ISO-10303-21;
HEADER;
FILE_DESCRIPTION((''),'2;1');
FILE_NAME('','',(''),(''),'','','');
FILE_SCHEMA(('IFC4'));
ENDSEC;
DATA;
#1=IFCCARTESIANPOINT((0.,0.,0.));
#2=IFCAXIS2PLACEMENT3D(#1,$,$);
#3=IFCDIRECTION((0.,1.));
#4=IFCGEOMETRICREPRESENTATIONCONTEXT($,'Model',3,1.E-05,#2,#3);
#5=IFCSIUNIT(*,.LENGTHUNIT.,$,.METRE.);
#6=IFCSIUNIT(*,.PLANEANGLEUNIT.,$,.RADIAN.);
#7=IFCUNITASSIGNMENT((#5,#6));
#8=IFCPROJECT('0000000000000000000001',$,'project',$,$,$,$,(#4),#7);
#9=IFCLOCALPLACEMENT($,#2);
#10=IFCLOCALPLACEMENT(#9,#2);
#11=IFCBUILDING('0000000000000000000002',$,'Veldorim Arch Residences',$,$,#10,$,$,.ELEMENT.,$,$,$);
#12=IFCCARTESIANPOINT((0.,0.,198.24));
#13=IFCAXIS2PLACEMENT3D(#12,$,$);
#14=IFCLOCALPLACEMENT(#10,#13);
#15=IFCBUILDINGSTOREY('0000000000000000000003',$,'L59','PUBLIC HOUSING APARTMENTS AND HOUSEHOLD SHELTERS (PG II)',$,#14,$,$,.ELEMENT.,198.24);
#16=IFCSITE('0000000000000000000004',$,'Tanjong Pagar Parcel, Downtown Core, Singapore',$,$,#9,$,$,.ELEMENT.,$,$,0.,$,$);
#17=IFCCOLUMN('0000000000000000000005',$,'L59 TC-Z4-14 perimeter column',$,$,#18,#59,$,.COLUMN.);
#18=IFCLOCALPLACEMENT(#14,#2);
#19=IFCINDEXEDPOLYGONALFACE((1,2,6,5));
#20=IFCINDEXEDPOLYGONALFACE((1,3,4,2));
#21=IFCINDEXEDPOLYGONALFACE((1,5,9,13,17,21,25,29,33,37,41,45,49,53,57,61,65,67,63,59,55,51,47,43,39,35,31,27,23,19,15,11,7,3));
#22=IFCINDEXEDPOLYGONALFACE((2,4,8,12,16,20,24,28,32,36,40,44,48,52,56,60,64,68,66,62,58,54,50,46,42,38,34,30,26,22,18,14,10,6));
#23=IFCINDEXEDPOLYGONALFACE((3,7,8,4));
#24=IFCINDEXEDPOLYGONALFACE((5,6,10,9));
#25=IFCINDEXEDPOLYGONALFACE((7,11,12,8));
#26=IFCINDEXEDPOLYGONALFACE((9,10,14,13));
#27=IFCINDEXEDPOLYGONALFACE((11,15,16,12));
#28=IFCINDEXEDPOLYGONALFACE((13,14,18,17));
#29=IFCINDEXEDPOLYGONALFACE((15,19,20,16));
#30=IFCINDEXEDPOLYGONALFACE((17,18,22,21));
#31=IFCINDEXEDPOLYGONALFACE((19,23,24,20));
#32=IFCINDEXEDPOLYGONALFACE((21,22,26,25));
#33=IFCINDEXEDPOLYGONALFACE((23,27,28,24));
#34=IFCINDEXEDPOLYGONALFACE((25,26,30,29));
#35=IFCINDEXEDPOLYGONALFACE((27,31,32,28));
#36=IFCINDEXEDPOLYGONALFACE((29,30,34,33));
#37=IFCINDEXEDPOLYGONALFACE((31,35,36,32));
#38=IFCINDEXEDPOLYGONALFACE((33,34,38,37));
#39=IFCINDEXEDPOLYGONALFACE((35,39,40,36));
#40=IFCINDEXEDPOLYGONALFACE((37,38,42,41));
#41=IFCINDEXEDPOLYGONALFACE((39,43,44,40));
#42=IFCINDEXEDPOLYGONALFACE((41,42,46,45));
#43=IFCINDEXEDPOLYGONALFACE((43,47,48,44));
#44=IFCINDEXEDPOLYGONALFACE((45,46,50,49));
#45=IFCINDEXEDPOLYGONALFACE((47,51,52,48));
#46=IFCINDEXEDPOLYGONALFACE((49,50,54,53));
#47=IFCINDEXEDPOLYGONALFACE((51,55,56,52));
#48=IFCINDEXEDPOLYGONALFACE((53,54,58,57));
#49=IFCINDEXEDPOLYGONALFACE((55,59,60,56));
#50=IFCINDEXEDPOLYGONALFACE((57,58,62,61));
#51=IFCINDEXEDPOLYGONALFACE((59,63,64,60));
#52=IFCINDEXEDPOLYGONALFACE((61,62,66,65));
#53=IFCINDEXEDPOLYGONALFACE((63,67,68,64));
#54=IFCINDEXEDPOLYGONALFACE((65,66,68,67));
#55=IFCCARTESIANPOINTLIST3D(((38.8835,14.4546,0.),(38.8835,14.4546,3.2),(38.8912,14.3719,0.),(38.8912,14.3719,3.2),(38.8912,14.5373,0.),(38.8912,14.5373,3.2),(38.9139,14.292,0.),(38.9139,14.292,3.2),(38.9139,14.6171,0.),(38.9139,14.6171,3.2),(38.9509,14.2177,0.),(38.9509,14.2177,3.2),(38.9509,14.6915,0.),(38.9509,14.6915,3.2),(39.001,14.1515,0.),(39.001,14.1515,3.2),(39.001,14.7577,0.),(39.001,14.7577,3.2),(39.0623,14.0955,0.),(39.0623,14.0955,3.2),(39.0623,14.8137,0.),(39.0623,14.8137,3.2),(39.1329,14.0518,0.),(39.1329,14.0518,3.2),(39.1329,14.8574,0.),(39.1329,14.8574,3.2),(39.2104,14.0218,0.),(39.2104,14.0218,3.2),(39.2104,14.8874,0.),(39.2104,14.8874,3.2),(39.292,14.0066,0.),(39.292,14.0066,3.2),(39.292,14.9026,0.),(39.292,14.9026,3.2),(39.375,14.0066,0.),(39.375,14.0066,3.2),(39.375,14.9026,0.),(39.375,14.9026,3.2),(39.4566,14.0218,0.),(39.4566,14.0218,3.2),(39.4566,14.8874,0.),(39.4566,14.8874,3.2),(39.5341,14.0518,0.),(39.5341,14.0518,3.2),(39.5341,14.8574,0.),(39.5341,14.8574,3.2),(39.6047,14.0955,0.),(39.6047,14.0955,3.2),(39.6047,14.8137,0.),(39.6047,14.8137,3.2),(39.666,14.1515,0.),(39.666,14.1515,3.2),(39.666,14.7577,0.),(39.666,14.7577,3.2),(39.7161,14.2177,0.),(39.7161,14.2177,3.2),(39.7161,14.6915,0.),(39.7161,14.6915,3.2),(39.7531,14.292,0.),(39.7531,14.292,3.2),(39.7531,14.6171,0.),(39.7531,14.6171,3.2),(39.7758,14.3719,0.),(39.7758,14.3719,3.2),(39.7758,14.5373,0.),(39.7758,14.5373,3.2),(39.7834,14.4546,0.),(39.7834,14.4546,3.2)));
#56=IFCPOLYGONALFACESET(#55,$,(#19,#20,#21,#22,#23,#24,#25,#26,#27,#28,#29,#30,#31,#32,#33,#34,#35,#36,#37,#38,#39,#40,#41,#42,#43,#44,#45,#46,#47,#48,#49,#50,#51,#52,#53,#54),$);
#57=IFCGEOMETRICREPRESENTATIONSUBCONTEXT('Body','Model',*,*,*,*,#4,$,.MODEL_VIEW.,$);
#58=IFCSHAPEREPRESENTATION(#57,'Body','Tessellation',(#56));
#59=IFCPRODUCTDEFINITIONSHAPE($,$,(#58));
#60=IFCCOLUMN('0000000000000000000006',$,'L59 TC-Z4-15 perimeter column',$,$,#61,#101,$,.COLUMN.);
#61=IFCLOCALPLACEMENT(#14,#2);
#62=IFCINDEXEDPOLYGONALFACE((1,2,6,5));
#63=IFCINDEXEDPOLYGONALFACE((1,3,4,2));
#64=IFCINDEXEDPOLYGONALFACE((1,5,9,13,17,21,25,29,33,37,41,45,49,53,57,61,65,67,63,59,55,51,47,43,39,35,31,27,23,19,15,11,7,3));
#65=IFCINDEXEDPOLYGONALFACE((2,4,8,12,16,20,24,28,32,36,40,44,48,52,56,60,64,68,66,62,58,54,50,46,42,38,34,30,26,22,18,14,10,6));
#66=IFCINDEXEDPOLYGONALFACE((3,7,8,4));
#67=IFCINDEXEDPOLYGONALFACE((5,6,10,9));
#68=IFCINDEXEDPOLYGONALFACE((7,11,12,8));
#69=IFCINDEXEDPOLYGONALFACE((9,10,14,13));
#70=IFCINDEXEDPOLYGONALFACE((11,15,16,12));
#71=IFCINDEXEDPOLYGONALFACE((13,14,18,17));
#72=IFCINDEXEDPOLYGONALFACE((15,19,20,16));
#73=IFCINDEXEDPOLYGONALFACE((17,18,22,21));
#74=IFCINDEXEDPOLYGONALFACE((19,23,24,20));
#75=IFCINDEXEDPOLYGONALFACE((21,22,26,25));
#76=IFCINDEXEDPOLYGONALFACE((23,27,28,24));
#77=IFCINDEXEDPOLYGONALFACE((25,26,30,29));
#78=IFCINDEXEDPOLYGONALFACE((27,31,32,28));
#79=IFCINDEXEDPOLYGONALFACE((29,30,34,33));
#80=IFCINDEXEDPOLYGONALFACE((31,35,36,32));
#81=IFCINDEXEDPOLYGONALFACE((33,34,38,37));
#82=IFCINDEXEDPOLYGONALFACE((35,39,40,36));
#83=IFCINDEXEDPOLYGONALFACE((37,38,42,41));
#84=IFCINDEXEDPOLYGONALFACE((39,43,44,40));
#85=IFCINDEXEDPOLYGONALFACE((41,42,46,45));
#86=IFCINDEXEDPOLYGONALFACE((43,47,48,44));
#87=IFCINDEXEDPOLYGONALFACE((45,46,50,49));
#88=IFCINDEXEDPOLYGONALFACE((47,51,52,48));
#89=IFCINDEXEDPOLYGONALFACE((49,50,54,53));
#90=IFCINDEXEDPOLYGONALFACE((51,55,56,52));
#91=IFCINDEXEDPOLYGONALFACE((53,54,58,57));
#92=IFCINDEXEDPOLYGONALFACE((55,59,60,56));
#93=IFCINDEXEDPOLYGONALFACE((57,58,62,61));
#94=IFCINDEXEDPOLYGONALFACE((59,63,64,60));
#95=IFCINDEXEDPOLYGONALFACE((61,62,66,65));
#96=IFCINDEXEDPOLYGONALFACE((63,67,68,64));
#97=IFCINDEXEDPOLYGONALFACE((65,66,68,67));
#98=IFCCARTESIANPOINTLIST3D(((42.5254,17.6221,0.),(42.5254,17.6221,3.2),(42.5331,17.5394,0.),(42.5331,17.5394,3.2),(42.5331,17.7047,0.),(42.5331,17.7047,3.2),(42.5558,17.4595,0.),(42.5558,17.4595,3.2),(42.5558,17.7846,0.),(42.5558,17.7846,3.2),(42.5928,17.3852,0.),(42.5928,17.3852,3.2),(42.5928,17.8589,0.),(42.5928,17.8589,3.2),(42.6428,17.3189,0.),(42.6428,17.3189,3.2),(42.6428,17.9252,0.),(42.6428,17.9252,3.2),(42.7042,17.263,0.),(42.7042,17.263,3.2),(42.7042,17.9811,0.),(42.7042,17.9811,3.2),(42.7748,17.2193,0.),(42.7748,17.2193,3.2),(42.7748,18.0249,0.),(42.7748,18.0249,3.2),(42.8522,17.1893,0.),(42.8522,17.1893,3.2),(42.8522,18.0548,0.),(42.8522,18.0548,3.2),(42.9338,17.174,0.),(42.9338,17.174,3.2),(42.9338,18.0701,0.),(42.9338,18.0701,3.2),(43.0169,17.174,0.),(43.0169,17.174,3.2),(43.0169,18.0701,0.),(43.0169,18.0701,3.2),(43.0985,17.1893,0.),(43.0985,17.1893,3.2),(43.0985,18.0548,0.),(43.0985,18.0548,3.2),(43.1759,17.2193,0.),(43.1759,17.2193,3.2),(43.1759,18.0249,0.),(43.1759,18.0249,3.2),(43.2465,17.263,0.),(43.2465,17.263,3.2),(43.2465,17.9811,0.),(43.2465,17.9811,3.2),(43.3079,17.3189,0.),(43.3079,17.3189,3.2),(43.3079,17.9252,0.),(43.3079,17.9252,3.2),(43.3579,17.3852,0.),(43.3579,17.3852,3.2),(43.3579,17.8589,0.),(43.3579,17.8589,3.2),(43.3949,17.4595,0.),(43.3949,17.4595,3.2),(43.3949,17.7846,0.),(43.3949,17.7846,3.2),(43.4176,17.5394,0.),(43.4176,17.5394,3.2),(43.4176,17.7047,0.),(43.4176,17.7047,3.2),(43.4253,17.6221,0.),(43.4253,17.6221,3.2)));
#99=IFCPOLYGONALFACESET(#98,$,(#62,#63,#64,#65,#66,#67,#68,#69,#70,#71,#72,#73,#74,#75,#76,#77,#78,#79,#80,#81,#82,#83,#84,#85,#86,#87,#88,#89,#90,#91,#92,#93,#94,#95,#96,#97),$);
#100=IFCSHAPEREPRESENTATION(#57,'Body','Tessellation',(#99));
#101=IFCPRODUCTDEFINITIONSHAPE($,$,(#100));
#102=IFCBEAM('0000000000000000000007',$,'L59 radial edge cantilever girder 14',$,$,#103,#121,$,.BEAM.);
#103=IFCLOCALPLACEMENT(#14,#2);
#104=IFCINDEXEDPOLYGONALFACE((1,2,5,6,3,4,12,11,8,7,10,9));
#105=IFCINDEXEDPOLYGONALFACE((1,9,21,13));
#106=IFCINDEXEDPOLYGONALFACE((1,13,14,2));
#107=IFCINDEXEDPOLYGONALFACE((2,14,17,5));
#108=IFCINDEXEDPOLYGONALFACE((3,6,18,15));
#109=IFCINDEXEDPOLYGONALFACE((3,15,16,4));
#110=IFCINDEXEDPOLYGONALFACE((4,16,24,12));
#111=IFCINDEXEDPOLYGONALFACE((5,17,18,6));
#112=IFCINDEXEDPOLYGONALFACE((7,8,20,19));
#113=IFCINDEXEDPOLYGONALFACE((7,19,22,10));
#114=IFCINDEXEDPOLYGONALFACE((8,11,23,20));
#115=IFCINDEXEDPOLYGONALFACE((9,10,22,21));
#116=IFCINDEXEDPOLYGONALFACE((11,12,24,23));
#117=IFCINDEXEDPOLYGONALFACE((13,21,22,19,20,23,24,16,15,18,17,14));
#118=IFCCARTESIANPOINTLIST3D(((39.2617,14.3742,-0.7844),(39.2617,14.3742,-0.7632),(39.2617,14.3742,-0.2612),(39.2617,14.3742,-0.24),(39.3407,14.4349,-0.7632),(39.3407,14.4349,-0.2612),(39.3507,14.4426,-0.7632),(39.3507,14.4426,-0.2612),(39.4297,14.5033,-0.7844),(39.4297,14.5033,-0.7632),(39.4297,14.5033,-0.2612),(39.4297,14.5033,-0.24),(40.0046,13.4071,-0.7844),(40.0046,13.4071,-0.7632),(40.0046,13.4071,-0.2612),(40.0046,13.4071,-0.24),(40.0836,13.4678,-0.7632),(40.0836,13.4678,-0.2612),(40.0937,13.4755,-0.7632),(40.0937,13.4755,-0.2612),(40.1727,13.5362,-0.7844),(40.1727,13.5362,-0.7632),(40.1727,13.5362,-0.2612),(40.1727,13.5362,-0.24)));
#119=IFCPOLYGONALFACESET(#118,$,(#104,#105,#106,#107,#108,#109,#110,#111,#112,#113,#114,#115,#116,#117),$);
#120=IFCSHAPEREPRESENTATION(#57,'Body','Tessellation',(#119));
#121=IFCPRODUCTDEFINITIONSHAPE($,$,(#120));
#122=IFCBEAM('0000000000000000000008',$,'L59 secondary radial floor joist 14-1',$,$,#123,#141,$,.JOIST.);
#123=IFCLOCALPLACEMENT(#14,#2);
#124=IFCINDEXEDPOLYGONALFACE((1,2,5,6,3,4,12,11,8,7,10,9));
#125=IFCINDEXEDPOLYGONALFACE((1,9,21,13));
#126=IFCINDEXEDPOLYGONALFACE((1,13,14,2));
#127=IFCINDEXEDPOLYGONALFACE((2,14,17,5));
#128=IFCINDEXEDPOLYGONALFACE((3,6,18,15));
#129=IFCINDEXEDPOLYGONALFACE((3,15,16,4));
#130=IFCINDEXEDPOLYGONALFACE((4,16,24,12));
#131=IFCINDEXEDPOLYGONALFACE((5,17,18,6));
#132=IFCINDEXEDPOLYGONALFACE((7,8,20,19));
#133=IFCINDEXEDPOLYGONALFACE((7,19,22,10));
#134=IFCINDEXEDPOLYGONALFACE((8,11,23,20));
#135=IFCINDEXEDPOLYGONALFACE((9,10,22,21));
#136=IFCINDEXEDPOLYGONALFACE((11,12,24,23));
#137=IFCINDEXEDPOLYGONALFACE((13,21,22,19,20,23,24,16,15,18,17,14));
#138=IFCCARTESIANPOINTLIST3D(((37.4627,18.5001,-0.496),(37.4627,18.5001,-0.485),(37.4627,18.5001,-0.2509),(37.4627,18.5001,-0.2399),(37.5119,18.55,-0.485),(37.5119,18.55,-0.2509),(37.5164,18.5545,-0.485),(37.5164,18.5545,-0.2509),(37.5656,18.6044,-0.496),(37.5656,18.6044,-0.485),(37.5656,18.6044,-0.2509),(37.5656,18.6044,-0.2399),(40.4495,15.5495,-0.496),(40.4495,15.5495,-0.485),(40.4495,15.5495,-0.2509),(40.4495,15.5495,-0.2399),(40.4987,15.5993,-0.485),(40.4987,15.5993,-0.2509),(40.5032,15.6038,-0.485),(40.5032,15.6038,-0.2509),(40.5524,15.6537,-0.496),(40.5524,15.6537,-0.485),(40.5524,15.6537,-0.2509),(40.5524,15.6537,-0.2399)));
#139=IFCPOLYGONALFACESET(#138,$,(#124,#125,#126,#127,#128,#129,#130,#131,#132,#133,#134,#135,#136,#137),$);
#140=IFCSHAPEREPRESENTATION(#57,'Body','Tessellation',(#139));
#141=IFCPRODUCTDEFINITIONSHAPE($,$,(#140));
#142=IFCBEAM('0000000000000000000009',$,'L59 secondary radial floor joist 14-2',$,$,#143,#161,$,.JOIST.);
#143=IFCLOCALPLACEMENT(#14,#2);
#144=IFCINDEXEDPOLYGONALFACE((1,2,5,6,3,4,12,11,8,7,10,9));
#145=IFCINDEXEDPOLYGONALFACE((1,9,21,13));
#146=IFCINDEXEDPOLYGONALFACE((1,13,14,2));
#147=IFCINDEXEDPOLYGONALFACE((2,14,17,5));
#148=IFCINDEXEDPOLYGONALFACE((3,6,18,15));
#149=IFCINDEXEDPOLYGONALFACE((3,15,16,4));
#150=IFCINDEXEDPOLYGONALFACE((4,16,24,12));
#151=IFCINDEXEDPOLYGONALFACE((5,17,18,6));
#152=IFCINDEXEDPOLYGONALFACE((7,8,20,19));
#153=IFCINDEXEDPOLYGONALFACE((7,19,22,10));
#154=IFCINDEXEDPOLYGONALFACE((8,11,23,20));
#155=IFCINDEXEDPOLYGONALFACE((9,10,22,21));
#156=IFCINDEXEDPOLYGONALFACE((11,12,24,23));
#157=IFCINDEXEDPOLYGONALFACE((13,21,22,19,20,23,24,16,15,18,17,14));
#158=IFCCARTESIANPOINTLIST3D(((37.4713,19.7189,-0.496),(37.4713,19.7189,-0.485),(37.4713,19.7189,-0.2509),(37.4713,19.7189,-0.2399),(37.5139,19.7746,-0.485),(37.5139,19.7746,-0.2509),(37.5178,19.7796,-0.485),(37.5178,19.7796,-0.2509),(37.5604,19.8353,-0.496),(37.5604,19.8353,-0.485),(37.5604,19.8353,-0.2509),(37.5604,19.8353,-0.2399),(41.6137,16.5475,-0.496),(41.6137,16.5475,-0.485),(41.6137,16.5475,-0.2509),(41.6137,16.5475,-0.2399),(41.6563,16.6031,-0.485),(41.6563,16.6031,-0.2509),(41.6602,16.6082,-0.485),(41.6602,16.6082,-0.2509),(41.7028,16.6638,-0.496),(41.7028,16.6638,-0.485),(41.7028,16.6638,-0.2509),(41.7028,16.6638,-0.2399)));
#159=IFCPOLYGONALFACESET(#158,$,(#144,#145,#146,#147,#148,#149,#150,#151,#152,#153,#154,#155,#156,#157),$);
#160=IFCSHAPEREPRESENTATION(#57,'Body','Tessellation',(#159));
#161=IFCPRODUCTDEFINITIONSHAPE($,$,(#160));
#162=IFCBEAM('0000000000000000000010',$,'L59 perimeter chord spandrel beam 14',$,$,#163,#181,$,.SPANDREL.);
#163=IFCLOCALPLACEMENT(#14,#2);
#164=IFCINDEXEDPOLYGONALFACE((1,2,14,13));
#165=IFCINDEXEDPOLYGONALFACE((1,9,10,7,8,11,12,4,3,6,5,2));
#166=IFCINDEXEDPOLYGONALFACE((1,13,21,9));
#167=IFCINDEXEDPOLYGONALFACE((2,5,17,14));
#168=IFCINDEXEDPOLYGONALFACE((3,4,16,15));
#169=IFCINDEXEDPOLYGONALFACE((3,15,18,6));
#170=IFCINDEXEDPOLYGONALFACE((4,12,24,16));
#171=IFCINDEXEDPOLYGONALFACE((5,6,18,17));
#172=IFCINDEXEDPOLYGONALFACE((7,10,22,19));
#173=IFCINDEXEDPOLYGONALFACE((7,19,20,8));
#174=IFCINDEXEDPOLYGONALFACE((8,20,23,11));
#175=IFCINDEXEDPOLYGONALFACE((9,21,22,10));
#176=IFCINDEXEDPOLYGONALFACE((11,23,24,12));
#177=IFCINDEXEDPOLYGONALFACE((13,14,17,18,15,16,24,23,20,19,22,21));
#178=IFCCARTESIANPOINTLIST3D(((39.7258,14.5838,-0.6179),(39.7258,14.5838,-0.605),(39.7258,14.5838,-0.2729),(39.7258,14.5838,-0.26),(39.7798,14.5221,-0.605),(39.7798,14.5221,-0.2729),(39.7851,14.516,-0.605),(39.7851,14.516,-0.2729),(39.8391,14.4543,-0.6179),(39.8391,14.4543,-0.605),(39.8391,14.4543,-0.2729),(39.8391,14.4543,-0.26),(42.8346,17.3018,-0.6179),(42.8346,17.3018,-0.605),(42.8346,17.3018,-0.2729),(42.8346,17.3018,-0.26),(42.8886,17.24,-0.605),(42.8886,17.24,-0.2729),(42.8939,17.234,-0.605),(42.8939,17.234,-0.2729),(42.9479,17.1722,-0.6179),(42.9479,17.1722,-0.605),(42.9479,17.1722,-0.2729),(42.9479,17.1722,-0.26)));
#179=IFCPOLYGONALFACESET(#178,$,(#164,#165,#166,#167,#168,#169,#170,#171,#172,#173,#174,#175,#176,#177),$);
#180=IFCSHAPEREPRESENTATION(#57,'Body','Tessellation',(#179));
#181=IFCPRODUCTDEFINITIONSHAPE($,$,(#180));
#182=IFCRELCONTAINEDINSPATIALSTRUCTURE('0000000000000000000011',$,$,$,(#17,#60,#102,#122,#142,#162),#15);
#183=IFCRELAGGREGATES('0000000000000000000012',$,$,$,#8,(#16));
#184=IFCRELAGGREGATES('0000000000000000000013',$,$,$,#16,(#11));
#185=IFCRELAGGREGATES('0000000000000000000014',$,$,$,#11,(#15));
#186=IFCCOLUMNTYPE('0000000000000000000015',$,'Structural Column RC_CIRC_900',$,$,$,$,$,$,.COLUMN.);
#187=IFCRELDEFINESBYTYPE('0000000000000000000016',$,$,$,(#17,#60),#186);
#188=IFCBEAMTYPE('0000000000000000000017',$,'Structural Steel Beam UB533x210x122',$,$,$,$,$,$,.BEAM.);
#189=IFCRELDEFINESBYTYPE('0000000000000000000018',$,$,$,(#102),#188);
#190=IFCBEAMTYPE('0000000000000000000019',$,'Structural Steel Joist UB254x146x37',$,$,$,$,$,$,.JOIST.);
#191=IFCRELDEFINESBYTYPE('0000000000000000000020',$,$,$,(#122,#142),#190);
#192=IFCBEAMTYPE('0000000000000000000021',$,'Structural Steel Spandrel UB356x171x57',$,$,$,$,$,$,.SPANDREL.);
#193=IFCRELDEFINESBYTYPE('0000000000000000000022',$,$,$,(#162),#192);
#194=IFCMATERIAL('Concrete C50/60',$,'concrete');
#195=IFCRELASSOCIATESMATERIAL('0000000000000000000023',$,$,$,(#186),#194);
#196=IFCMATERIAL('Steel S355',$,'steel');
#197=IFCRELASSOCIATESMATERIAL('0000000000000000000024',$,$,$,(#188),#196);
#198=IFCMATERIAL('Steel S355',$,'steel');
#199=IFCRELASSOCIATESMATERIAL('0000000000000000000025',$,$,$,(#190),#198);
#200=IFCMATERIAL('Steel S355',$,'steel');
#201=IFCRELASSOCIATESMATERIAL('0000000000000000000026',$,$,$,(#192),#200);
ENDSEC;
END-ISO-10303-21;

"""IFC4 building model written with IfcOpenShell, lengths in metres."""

from ifc_helpers import new_model, si_unit, direction, frame, origin, origin_2d, place, context, subcontext, project, spatial, circle, i_section, extrude, material, material_profile, profile_set, type_object, element, save


model = new_model("IFC4")

# Units and contexts
model_context = context("Model", 3, precision=1e-05, world=origin(), true_north=direction((0.0, 1.0)))
body_context = subcontext(model_context, "Body", "Model", "MODEL_VIEW")
ifc_project = project(units=[si_unit("LENGTHUNIT", "METRE"), si_unit("PLANEANGLEUNIT", "RADIAN")], contexts=[model_context])

# Site, building, storey
site_placement = place(None, origin())
site = spatial("IfcSite", under=ifc_project, at=site_placement, Name="Tanjong Pagar Parcel, Downtown Core, Singapore", CompositionType="ELEMENT", RefElevation=0.0)
building_placement = place(site_placement, origin())
building = spatial("IfcBuilding", under=site, at=building_placement, Name="Veldorim Arch Residences", CompositionType="ELEMENT")
storey_placement = place(building_placement, frame((0.0, 0.0, 198.24)))
storey = spatial("IfcBuildingStorey", under=building, at=storey_placement, Name="L59", Description="PUBLIC HOUSING APARTMENTS AND HOUSEHOLD SHELTERS (PG II)", CompositionType="ELEMENT", Elevation=198.24)

# Columns
ifc_material_1 = material(Name="Concrete C50/60", Category="concrete")
ifc_material_profile_1 = material_profile(ifc_material_1, circle(Radius=0.45, at=origin_2d()), Name="RC_CIRC_900")
ifc_profile_set_1 = profile_set([ifc_material_profile_1], Name="Concrete C50/60")
column_type = type_object("IfcColumnType", Name="Structural Column RC_CIRC_900", PredefinedType="COLUMN", material=ifc_profile_set_1)
for number, where, z_axis, x_axis, name in (
    (1, (39.3335, 14.4546, 0.0), (0.0, 0.0, 1.0), (1.0, 0.0, 0.0), "L59 TC-Z4-14 perimeter column"),
    (2, (42.9753, 17.6221, 0.0), (0.0, 0.0, 1.0), (1.0, 0.0, 0.0), "L59 TC-Z4-15 perimeter column"),
):
    element("IfcColumn", number, at=place(storey_placement, frame(where, z_axis=z_axis, x_axis=x_axis)), inside=storey, type_object=column_type, Name=name, PredefinedType="COLUMN", context=body_context, shape_type="SweptSolid", body=[
        extrude(circle(Radius=0.45, at=origin_2d()), origin(), (0.0, 0.0, 1.0), 3.2),
    ])

# Beams
ifc_material_2 = material(Name="Steel S355", Category="steel")
ifc_material_profile_2 = material_profile(ifc_material_2, i_section(OverallWidth=0.2119, OverallDepth=0.5444, WebThickness=0.0127, FlangeThickness=0.0212, at=origin_2d()), Name="UB533x210x122")
ifc_profile_set_2 = profile_set([ifc_material_profile_2], Name="Steel S355")
beam_type_1 = type_object("IfcBeamType", Name="Structural Steel Beam UB533x210x122", PredefinedType="BEAM", material=ifc_profile_set_2)
beam_1_placement = place(storey_placement, frame((39.3457, 14.4387, -0.5122), z_axis=(0.609217, -0.793003, 0.0), x_axis=(0.793003, 0.609217, 0.0)))
element("IfcBeam", 3, at=beam_1_placement, inside=storey, type_object=beam_type_1, Name="L59 radial edge cantilever girder 14", PredefinedType="BEAM", context=body_context, shape_type="SweptSolid", body=[
    extrude(i_section(OverallWidth=0.2119, OverallDepth=0.5444, WebThickness=0.0127, FlangeThickness=0.0212, at=origin_2d()), origin(), (0.0, 0.0, 1.0), 1.2195),
])
ifc_material_3 = material(Name="Steel S355", Category="steel")
ifc_material_profile_3 = material_profile(ifc_material_3, i_section(OverallWidth=0.1465, OverallDepth=0.2561, WebThickness=0.0063, FlangeThickness=0.011, at=origin_2d()), Name="UB254x146x37")
ifc_profile_set_3 = profile_set([ifc_material_profile_3], Name="Steel S355")
beam_type_2 = type_object("IfcBeamType", Name="Structural Steel Joist UB254x146x37", PredefinedType="JOIST", material=ifc_profile_set_3)
beam_2_placement = place(storey_placement, frame((37.5142, 18.5522, -0.3679), z_axis=(0.711397, -0.702791, 0.0), x_axis=(0.702791, 0.711397, 0.0)))
element("IfcBeam", 4, at=beam_2_placement, inside=storey, type_object=beam_type_2, Name="L59 secondary radial floor joist 14-1", PredefinedType="JOIST", context=body_context, shape_type="SweptSolid", body=[
    extrude(i_section(OverallWidth=0.1465, OverallDepth=0.2561, WebThickness=0.0063, FlangeThickness=0.011, at=origin_2d()), origin(), (0.0, 0.0, 1.0), 4.1985),
])
beam_3_placement = place(storey_placement, frame((37.5159, 19.7771, -0.3679), z_axis=(0.794014, -0.6079, 0.0), x_axis=(0.6079, 0.794014, 0.0)))
element("IfcBeam", 5, at=beam_3_placement, inside=storey, type_object=beam_type_2, Name="L59 secondary radial floor joist 14-2", PredefinedType="JOIST", context=body_context, shape_type="SweptSolid", body=[
    extrude(i_section(OverallWidth=0.1465, OverallDepth=0.2561, WebThickness=0.0063, FlangeThickness=0.011, at=origin_2d()), origin(), (0.0, 0.0, 1.0), 5.217),
])
ifc_material_4 = material(Name="Steel S355", Category="steel")
ifc_material_profile_4 = material_profile(ifc_material_4, i_section(OverallWidth=0.1721, OverallDepth=0.3579, WebThickness=0.0081, FlangeThickness=0.0129, at=origin_2d()), Name="UB356x171x57")
ifc_profile_set_4 = profile_set([ifc_material_profile_4], Name="Steel S355")
beam_type_3 = type_object("IfcBeamType", Name="Structural Steel Spandrel UB356x171x57", PredefinedType="SPANDREL", material=ifc_profile_set_4)
beam_4_placement = place(storey_placement, frame((39.7825, 14.519, -0.439), z_axis=(0.752848, 0.658195, 0.0), x_axis=(-0.658195, 0.752848, 0.0)))
element("IfcBeam", 6, at=beam_4_placement, inside=storey, type_object=beam_type_3, Name="L59 perimeter chord spandrel beam 14", PredefinedType="SPANDREL", context=body_context, shape_type="SweptSolid", body=[
    extrude(i_section(OverallWidth=0.1721, OverallDepth=0.3579, WebThickness=0.0081, FlangeThickness=0.0129, at=origin_2d()), origin(), (0.0, 0.0, 1.0), 4.1294),
])

save(model, "model.ifc")
